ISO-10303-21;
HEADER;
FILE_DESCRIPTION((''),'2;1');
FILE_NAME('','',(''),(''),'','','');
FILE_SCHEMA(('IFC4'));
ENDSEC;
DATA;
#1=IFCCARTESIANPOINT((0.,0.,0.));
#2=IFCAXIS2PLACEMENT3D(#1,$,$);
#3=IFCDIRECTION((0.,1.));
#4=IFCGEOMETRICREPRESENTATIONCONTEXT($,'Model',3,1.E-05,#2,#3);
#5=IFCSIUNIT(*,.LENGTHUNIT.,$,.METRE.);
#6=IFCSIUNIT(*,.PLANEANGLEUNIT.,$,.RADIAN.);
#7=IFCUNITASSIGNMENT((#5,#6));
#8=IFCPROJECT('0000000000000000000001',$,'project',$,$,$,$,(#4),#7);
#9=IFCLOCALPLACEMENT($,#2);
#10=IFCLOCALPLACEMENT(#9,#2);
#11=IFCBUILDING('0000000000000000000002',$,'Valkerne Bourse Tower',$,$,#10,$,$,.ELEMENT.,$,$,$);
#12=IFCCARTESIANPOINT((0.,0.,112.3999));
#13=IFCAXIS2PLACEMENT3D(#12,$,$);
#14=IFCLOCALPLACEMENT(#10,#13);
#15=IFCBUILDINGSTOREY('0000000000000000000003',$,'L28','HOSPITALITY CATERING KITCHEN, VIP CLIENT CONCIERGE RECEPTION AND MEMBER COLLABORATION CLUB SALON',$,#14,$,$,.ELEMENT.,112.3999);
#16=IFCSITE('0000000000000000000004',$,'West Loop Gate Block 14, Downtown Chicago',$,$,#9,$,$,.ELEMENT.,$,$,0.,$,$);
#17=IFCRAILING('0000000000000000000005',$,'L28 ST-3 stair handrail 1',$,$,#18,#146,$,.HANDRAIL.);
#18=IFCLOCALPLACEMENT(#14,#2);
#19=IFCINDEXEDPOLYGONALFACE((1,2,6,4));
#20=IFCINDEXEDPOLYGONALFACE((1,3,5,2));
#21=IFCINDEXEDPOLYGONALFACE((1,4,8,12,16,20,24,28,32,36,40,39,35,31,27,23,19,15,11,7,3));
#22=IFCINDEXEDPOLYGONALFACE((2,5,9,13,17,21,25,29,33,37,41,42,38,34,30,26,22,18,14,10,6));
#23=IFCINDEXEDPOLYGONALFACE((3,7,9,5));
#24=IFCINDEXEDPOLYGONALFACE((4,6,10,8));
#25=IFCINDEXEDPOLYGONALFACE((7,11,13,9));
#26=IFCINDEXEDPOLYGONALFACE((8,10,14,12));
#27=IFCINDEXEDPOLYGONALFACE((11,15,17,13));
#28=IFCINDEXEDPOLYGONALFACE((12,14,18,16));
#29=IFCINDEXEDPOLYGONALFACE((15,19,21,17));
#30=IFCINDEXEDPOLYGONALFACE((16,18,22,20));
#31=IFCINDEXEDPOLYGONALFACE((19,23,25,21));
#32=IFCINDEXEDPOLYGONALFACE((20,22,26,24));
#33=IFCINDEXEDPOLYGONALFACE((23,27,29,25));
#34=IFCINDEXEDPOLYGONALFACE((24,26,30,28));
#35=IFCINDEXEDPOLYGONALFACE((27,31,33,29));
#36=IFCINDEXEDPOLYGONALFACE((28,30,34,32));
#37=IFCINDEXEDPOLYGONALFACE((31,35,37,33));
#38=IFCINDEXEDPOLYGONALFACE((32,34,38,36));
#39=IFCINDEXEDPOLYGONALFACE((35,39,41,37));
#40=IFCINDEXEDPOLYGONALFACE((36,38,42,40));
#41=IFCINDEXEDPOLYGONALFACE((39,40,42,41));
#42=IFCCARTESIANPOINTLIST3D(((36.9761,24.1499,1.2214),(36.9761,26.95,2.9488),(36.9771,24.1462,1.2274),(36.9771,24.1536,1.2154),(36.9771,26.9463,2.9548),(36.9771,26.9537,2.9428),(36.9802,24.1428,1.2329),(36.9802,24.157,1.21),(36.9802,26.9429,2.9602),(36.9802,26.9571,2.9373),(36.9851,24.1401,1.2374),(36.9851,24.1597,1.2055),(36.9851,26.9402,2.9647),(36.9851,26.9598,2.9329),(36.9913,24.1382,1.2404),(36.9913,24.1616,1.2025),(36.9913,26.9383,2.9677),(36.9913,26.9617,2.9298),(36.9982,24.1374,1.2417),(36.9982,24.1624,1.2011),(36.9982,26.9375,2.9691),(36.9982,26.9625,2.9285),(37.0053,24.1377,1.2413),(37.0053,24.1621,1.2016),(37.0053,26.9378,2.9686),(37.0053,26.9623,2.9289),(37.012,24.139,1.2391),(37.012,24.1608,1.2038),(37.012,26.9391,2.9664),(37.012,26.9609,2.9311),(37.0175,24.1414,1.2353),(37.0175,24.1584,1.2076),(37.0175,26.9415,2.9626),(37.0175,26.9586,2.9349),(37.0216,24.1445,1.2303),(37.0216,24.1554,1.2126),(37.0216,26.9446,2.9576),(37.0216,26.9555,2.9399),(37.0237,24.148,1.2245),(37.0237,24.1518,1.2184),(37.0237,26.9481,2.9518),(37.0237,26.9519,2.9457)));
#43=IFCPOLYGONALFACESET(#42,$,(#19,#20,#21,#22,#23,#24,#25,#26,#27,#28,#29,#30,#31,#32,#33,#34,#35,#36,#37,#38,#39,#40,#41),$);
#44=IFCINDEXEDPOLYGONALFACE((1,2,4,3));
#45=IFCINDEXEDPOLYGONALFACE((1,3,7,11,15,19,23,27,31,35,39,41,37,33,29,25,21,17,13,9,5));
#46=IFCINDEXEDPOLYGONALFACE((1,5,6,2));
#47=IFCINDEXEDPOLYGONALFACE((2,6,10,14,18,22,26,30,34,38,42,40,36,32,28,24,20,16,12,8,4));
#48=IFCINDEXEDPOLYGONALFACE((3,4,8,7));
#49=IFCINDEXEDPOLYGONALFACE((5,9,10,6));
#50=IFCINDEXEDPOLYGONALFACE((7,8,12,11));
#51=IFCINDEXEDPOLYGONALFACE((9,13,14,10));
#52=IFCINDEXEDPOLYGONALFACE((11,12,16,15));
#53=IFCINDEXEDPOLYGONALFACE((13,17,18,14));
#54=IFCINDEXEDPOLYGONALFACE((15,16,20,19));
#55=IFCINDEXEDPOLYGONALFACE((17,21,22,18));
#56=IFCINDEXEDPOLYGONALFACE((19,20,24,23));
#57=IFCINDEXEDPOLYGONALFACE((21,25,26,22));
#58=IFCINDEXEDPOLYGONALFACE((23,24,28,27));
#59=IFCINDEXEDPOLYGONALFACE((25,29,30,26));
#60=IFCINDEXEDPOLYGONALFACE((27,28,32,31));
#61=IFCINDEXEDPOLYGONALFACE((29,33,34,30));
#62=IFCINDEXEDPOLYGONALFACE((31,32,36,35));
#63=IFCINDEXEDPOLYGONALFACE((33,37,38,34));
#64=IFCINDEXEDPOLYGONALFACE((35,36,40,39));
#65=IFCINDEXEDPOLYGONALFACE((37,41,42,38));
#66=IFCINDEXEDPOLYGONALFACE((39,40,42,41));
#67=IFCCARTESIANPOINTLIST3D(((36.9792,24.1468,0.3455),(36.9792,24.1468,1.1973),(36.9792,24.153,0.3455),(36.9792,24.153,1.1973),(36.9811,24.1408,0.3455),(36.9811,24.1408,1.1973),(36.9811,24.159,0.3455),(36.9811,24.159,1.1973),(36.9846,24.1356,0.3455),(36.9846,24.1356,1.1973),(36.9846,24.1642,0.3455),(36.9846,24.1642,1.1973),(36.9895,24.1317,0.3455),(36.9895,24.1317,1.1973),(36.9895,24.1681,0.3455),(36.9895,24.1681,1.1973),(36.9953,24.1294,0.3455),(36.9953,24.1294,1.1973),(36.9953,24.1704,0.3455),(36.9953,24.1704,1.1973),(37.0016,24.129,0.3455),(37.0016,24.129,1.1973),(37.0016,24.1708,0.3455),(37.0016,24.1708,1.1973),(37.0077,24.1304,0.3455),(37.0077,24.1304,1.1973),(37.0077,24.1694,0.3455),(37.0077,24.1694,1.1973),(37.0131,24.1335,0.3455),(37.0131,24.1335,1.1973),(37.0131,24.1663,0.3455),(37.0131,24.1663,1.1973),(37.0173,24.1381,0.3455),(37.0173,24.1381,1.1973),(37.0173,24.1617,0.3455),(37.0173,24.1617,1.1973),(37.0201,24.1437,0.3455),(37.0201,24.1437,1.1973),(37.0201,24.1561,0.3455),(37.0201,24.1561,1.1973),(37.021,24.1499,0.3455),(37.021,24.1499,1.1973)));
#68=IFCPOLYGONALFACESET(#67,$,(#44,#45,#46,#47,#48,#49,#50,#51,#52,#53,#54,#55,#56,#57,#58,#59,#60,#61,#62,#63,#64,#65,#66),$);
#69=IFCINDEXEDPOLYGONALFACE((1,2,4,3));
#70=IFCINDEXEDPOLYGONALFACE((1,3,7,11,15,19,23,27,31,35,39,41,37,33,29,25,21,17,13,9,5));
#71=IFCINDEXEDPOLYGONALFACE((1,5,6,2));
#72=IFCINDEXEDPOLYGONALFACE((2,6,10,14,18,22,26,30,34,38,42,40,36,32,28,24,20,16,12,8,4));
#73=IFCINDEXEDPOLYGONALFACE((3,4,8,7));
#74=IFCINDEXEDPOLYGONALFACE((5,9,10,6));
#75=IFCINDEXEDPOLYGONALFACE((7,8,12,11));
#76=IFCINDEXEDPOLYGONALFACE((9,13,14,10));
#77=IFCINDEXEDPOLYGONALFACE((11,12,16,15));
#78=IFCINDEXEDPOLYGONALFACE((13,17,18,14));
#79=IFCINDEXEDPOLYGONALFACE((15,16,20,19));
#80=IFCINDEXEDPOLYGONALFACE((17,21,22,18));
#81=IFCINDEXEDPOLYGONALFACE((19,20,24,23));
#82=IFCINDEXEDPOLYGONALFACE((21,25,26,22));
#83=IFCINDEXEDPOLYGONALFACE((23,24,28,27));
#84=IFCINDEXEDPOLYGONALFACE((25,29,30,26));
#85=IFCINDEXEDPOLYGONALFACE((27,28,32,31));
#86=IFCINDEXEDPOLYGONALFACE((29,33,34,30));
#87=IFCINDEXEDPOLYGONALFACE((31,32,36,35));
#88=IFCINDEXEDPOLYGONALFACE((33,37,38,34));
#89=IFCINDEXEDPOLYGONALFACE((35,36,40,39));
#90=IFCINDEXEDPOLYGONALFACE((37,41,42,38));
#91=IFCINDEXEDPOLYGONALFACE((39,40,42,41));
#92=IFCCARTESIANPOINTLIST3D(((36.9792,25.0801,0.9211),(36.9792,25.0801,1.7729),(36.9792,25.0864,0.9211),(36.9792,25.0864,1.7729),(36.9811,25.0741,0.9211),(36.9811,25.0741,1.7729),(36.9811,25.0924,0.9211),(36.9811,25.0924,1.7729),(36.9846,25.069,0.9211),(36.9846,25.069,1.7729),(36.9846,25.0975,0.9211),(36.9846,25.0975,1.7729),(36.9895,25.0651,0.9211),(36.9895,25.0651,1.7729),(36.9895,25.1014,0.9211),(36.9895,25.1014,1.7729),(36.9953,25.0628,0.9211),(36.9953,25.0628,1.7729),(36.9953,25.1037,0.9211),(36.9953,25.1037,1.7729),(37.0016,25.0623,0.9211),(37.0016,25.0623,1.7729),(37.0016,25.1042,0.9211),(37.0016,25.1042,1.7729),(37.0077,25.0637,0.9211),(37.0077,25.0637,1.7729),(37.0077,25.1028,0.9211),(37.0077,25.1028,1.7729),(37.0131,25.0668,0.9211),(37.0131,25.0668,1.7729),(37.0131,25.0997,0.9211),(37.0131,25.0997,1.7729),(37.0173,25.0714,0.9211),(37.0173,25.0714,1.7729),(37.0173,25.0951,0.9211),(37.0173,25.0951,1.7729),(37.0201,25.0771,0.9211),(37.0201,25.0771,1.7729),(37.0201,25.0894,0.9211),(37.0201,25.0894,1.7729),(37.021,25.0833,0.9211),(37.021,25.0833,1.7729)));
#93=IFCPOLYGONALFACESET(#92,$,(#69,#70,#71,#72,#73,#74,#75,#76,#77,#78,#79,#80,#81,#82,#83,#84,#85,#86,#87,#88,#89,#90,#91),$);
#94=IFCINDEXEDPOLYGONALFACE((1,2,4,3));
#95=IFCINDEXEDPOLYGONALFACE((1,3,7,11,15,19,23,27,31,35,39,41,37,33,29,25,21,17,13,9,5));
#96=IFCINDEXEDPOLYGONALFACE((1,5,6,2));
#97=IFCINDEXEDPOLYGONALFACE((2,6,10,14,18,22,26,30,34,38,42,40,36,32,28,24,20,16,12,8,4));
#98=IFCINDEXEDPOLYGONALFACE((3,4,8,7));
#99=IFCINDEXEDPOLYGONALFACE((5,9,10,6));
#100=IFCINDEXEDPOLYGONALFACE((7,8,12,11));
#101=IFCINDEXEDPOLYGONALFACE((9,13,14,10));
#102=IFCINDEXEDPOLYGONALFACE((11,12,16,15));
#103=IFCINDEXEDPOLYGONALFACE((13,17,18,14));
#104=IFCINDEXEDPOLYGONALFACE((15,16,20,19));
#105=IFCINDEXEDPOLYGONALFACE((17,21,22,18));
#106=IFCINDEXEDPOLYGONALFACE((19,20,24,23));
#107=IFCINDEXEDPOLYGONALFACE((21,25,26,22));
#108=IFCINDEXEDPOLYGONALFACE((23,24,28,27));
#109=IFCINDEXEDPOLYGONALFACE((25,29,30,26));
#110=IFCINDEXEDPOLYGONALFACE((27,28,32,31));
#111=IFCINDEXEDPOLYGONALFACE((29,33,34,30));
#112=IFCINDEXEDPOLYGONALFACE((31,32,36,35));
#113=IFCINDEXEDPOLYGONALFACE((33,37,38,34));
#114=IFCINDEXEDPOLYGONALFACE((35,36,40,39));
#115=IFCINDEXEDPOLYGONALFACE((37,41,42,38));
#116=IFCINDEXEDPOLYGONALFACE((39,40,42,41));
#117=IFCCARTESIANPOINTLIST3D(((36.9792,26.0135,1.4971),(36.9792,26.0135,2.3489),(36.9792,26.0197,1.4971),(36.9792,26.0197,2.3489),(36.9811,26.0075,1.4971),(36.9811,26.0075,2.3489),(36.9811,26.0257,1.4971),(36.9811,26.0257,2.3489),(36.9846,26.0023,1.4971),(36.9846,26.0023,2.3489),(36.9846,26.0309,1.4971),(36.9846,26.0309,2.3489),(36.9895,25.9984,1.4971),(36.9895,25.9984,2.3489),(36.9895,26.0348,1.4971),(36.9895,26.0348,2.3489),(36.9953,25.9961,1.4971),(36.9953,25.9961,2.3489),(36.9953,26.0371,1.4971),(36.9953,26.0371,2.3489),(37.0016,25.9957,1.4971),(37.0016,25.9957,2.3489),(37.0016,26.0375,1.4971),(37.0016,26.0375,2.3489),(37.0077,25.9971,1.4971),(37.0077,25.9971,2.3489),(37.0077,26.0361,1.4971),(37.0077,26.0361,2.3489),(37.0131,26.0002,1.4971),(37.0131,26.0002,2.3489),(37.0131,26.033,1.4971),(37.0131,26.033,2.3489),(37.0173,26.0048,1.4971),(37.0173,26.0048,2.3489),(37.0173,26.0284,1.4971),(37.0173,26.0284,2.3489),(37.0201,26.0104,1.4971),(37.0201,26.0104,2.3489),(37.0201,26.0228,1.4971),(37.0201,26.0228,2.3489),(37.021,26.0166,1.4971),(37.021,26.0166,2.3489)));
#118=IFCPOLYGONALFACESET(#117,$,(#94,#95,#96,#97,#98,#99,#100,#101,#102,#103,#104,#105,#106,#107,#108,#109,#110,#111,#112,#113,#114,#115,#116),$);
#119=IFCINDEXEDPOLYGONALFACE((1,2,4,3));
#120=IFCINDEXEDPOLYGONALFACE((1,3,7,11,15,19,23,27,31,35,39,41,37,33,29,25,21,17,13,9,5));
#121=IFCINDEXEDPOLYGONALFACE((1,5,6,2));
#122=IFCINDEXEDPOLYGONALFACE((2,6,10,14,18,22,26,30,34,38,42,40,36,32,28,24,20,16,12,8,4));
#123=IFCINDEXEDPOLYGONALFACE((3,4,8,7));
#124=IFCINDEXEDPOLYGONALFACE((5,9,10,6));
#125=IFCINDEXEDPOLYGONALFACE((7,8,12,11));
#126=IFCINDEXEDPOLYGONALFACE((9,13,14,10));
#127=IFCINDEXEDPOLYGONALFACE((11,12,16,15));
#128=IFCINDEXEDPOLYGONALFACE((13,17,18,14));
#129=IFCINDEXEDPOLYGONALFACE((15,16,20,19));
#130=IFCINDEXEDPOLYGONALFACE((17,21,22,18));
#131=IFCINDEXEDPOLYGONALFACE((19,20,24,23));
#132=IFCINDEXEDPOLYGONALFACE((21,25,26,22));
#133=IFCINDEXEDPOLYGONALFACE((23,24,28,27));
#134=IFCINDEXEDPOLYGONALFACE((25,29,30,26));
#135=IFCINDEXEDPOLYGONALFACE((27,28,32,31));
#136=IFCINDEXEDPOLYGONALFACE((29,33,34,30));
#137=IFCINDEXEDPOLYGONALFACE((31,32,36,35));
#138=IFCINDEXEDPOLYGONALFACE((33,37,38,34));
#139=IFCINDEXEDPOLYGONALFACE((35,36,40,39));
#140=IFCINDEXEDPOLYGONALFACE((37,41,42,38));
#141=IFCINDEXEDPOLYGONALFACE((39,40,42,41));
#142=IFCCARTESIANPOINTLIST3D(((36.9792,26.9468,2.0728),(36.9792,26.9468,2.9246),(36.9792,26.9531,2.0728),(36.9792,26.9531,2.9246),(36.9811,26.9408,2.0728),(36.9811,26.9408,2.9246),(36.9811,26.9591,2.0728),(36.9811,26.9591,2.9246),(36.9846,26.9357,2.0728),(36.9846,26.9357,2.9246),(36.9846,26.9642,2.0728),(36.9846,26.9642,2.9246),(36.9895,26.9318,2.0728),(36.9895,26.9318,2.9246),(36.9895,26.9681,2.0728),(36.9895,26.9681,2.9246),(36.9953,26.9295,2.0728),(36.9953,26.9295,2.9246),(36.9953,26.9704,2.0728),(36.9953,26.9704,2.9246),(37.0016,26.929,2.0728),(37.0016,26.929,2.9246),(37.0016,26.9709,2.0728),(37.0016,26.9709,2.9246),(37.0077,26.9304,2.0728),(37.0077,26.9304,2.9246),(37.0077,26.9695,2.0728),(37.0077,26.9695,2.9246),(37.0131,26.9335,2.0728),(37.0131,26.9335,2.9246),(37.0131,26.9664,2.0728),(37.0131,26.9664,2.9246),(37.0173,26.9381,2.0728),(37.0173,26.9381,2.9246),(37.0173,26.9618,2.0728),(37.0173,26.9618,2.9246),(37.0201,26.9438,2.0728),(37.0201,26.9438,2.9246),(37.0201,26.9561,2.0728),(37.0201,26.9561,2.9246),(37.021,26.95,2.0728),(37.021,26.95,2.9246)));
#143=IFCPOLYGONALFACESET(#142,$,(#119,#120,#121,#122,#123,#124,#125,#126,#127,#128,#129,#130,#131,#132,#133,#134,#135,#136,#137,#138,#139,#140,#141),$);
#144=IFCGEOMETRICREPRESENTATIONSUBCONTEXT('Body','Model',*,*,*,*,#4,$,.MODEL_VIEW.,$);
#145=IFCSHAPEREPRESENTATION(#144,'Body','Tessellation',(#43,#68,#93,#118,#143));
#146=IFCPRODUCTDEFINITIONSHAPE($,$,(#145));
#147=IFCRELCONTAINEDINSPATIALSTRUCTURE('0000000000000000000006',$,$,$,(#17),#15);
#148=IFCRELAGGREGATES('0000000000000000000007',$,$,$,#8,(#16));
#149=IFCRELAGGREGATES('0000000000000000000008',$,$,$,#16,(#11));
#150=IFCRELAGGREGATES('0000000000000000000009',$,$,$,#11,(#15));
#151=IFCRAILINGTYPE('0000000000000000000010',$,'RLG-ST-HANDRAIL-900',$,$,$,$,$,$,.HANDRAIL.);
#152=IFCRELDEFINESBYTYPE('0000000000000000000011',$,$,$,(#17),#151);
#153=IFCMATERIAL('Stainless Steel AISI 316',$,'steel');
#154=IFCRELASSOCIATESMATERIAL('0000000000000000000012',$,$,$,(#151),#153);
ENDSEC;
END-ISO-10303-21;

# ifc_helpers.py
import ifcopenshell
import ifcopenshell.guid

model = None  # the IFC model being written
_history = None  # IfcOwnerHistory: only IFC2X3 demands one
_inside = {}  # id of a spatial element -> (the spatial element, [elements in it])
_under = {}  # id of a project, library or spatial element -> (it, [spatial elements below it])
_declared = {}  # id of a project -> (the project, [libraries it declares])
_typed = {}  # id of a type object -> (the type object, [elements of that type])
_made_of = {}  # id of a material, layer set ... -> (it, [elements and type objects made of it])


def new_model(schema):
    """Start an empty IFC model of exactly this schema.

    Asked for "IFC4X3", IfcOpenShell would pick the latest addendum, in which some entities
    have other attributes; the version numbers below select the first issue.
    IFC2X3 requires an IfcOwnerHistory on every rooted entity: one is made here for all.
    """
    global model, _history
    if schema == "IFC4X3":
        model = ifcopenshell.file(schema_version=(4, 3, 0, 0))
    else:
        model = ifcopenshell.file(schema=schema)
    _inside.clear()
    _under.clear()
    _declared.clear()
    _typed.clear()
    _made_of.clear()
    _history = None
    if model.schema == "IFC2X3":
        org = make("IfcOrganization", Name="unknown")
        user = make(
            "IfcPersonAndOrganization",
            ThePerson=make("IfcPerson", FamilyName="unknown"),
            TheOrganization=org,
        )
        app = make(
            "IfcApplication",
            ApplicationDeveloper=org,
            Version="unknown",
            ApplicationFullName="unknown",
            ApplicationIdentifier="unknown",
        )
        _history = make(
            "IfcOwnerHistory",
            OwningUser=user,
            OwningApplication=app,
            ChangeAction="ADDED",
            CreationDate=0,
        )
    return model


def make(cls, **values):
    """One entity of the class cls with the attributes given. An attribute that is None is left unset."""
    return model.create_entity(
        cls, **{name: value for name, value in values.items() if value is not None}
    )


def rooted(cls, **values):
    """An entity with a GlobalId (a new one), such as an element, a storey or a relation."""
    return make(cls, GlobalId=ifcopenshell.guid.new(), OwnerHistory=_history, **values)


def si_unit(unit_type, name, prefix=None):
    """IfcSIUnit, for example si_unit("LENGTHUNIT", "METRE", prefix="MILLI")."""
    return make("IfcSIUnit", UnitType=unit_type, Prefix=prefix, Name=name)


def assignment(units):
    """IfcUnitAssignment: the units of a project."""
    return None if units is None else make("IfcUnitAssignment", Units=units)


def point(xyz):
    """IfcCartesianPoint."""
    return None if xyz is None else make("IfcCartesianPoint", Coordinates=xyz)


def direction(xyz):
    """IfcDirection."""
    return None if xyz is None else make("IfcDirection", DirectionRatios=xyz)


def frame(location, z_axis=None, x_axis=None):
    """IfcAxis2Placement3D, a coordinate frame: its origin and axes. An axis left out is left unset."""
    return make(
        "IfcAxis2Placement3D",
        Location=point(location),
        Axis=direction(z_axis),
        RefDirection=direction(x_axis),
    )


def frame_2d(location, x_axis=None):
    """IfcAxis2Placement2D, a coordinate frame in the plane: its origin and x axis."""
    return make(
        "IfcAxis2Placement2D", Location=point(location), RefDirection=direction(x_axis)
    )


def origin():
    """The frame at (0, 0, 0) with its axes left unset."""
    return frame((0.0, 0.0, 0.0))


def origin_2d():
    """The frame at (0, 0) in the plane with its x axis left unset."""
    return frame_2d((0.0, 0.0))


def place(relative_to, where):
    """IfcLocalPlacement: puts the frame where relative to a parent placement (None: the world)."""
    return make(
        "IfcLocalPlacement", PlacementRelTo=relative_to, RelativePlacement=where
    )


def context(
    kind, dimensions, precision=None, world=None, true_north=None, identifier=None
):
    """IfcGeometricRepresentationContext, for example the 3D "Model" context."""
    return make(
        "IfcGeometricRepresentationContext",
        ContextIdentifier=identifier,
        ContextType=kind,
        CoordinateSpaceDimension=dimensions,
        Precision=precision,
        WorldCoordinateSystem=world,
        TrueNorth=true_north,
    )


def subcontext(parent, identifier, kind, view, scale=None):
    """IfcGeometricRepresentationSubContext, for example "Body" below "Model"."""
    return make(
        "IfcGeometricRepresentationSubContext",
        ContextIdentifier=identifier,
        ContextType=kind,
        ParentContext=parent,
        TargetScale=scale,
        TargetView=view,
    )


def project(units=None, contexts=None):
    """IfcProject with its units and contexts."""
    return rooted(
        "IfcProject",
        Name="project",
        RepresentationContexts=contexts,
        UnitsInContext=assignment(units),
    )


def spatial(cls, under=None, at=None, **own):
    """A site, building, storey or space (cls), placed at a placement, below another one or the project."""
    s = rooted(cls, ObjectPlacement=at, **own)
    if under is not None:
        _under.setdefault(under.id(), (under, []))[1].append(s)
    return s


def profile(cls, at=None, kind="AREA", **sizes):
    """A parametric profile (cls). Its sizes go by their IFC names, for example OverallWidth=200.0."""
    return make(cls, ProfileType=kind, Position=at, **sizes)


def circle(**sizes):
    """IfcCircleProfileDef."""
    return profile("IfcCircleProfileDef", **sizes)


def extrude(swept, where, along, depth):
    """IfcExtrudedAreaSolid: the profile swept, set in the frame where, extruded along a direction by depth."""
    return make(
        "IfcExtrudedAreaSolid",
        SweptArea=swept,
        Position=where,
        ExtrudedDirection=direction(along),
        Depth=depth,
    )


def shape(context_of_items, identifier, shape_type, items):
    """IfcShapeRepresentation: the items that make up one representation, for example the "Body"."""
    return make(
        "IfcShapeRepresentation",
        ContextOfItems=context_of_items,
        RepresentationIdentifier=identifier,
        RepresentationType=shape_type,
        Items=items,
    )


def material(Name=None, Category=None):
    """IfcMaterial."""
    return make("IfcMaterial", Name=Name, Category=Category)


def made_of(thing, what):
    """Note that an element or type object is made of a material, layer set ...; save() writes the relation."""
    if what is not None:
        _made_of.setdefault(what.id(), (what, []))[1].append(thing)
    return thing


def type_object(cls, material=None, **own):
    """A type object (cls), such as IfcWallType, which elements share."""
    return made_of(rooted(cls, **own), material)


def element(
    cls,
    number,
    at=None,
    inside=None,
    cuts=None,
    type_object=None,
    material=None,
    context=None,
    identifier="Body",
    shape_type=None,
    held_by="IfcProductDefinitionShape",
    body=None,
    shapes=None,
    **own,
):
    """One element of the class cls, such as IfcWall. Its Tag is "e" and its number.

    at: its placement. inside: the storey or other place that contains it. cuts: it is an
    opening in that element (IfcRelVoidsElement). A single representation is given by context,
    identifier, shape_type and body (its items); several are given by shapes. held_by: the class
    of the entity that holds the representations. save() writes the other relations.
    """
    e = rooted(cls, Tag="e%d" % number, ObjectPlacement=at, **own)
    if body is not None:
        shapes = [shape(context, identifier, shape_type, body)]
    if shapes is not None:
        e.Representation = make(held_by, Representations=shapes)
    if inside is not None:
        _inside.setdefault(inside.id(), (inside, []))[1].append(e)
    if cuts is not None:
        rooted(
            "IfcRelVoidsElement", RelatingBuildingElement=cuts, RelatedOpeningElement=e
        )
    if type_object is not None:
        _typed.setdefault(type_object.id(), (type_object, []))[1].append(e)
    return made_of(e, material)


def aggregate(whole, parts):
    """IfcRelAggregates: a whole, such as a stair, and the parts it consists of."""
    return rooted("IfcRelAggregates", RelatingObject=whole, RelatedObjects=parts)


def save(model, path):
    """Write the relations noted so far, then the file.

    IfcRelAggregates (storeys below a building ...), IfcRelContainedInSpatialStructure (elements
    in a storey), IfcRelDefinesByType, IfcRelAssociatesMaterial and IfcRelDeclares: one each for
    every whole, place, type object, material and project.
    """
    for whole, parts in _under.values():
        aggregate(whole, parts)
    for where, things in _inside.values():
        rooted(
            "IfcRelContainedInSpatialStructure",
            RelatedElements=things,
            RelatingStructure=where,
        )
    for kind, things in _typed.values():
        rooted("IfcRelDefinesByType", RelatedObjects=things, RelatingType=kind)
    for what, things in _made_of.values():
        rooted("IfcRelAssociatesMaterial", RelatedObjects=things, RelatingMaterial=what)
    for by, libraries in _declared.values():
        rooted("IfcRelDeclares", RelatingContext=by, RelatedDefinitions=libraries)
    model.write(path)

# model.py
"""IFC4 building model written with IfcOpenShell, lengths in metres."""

from ifc_helpers import new_model, si_unit, direction, frame, origin, origin_2d, place, context, subcontext, project, spatial, circle, extrude, material, type_object, element, save


model = new_model("IFC4")

# Units and contexts
model_context = context("Model", 3, precision=1e-05, world=origin(), true_north=direction((0.0, 1.0)))
body_context = subcontext(model_context, "Body", "Model", "MODEL_VIEW")
ifc_project = project(units=[si_unit("LENGTHUNIT", "METRE"), si_unit("PLANEANGLEUNIT", "RADIAN")], contexts=[model_context])

# Site, building, storey
site_placement = place(None, origin())
site = spatial("IfcSite", under=ifc_project, at=site_placement, Name="West Loop Gate Block 14, Downtown Chicago", CompositionType="ELEMENT", RefElevation=0.0)
building_placement = place(site_placement, origin())
building = spatial("IfcBuilding", under=site, at=building_placement, Name="Valkerne Bourse Tower", CompositionType="ELEMENT")
storey_placement = place(building_placement, frame((0.0, 0.0, 112.3999)))
storey = spatial("IfcBuildingStorey", under=building, at=storey_placement, Name="L28", Description="HOSPITALITY CATERING KITCHEN, VIP CLIENT CONCIERGE RECEPTION AND MEMBER COLLABORATION CLUB SALON", CompositionType="ELEMENT", Elevation=112.3999)

# Railing
ifc_material_1 = material(Name="Stainless Steel AISI 316", Category="steel")
railing_type_1 = type_object("IfcRailingType", Name="RLG-ST-HANDRAIL-900", PredefinedType="HANDRAIL", material=ifc_material_1)
railing_1_placement = place(storey_placement, frame((37.0, 24.1499, 0.3455)))
element("IfcRailing", 1, at=railing_1_placement, inside=storey, type_object=railing_type_1, Name="L28 ST-3 stair handrail 1", PredefinedType="HANDRAIL", context=body_context, shape_type="SweptSolid", body=[
    extrude(circle(Radius=0.0239, at=origin_2d()), frame((0.0, 0.0, 0.876), z_axis=(0.0, 0.85109, 0.52502), x_axis=(-1.0, 0.0, 0.0)), (0.0, 0.0, 1.0), 3.29),
    extrude(circle(Radius=0.021, at=origin_2d()), origin(), (0.0, 0.0, 1.0), 0.8518),
    extrude(circle(Radius=0.021, at=origin_2d()), frame((0.0, 0.9333, 0.5757)), (0.0, 0.0, 1.0), 0.8518),
    extrude(circle(Radius=0.021, at=origin_2d()), frame((0.0, 1.8667, 1.1516)), (0.0, 0.0, 1.0), 0.8518),
    extrude(circle(Radius=0.021, at=origin_2d()), frame((0.0, 2.8, 1.7273)), (0.0, 0.0, 1.0), 0.8518),
])

save(model, "model.ifc")
